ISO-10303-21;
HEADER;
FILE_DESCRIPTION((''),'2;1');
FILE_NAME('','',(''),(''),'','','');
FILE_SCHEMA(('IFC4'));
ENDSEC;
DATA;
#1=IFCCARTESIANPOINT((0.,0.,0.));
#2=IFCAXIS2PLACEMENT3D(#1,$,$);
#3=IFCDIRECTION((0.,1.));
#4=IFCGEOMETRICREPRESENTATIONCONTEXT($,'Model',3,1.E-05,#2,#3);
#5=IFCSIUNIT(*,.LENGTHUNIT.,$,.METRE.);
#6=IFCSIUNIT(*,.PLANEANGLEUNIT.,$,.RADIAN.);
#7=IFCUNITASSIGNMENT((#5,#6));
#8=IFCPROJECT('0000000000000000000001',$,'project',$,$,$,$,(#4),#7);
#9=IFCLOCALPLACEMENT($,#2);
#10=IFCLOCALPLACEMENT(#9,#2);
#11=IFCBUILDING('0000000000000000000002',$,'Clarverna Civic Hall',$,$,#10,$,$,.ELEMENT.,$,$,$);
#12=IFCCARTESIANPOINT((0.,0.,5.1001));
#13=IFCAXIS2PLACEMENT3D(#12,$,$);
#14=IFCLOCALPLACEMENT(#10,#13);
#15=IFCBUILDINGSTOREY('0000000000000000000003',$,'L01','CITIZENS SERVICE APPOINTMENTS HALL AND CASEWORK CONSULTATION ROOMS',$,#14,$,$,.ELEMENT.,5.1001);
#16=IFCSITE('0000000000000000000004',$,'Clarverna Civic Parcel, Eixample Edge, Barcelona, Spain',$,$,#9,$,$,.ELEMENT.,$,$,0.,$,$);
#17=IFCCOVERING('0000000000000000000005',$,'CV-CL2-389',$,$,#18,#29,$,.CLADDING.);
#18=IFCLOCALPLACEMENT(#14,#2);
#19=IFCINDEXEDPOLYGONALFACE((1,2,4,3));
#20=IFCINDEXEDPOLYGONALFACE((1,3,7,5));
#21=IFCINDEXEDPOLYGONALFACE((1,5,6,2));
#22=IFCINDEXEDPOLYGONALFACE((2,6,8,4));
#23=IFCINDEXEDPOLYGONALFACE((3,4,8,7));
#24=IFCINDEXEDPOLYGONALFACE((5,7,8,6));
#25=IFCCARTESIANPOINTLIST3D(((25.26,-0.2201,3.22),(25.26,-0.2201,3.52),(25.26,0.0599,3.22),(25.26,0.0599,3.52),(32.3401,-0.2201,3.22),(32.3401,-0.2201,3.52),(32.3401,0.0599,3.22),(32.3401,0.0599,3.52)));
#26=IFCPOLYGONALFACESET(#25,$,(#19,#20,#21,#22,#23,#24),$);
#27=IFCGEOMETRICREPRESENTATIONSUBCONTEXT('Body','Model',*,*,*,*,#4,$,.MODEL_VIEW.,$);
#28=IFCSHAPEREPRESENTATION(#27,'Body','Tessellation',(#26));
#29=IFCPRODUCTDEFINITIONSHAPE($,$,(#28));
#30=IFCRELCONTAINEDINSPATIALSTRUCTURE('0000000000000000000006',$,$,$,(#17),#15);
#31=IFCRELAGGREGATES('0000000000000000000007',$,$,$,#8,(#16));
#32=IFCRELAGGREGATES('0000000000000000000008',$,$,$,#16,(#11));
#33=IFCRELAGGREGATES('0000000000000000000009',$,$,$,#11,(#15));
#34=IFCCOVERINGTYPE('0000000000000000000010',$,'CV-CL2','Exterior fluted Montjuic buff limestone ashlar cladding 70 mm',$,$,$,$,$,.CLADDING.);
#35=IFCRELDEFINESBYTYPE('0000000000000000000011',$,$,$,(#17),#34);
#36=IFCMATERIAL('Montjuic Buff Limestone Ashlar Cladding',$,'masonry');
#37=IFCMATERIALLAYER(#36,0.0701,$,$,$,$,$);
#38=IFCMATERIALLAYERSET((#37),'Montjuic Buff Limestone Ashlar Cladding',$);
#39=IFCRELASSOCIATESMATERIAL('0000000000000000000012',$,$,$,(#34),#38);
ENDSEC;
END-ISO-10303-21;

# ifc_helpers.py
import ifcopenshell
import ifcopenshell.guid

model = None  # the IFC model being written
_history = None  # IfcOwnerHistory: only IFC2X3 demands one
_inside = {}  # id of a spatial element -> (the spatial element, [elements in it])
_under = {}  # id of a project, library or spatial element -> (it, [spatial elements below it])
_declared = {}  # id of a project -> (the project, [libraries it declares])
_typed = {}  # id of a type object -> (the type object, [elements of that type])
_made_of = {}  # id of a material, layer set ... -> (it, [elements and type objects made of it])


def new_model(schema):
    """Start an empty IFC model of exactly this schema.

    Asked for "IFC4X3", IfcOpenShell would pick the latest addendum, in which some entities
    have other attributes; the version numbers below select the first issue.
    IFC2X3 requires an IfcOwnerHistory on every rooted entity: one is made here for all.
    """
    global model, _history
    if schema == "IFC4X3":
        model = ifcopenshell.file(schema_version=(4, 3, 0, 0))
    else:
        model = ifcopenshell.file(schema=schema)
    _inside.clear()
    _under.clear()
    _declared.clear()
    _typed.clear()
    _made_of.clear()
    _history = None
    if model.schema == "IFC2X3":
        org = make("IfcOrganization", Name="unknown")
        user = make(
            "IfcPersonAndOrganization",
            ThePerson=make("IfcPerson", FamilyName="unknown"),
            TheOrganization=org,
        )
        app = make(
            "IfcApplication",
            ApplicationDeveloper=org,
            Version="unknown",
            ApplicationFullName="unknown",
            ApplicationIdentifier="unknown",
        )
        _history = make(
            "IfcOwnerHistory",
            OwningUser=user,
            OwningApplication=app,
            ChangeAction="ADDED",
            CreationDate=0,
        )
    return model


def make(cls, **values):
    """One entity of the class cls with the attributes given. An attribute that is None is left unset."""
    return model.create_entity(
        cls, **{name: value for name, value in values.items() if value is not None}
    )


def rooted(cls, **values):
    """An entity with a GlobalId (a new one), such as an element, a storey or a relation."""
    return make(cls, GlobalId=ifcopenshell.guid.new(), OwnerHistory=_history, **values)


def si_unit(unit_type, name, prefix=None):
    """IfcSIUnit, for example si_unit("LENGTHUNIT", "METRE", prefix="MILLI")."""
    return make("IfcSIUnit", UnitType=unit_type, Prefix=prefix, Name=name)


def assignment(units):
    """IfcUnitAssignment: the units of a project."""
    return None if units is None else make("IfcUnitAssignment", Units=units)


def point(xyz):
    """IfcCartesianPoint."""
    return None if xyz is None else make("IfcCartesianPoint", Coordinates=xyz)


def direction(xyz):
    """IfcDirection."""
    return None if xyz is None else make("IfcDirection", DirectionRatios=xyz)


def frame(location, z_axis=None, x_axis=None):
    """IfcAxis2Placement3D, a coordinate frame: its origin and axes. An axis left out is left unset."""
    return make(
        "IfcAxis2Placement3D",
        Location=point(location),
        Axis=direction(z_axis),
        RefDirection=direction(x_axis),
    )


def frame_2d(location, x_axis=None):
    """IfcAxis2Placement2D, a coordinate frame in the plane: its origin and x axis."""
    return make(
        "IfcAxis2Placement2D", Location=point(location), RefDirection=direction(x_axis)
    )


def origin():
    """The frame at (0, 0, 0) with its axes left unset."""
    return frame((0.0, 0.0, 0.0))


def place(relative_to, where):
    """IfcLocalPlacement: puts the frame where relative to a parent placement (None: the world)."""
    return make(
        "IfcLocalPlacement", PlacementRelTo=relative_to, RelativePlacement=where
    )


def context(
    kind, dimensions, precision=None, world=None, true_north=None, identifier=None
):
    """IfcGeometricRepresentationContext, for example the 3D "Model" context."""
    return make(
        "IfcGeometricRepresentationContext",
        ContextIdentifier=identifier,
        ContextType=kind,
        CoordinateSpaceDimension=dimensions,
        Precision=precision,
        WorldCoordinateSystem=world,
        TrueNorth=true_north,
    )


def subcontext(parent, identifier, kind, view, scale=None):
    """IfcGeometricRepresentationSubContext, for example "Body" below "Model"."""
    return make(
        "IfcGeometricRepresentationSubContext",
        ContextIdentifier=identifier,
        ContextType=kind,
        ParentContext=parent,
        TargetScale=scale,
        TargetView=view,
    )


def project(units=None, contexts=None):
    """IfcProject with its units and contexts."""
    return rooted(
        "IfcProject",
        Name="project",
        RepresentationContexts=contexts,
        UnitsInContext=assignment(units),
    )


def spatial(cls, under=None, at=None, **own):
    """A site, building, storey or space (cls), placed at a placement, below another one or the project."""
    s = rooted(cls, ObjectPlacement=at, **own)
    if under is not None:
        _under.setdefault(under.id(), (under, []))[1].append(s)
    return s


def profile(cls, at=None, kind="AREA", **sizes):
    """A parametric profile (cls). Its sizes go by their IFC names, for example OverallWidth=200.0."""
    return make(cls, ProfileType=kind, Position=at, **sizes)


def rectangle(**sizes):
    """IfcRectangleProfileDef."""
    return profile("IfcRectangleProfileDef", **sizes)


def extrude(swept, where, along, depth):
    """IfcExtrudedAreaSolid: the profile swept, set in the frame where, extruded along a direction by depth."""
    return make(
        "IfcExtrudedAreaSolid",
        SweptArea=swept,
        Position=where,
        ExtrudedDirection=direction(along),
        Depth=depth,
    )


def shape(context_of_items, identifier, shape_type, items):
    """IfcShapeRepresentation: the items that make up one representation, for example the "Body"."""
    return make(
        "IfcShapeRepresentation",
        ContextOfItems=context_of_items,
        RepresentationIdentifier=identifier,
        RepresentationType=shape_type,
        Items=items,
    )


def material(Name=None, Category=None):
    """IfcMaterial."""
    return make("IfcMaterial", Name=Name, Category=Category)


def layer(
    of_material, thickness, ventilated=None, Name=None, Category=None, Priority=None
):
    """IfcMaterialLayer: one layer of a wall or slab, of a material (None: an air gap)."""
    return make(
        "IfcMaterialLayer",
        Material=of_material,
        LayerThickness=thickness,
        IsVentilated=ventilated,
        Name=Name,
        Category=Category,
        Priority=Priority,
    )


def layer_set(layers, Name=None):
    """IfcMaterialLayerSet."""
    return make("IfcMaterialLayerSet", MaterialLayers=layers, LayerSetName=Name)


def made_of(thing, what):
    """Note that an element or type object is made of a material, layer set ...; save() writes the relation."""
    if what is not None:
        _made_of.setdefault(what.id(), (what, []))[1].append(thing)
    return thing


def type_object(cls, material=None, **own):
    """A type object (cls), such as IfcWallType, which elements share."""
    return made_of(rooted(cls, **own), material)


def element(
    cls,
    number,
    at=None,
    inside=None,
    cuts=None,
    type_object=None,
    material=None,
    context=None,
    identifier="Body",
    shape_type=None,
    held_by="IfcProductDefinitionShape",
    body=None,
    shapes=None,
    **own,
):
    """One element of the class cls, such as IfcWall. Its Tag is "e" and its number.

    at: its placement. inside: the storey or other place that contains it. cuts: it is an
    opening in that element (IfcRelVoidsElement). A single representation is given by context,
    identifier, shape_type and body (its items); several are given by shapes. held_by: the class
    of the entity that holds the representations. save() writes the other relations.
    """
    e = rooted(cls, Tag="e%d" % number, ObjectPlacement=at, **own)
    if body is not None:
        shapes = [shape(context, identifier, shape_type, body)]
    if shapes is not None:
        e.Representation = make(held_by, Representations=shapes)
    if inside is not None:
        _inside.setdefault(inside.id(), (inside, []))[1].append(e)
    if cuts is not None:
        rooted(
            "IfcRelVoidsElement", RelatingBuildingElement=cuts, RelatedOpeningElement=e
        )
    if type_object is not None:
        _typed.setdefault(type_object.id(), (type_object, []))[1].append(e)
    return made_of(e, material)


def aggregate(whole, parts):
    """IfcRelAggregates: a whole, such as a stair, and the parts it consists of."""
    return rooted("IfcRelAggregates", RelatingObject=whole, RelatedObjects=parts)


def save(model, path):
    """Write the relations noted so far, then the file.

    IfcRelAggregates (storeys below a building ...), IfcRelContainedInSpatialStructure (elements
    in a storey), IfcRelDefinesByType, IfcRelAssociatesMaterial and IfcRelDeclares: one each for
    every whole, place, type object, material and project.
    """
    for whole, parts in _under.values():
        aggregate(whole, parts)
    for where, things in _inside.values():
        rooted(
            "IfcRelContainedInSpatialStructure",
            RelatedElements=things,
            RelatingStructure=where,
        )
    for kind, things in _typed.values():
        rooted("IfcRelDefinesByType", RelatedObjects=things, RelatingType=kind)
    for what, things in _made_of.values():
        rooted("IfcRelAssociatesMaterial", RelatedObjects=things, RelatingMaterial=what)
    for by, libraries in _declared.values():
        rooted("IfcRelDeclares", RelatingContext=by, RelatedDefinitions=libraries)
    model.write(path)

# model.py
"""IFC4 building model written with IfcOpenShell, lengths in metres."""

from ifc_helpers import new_model, si_unit, direction, frame, frame_2d, origin, place, context, subcontext, project, spatial, rectangle, extrude, material, layer, layer_set, type_object, element, save


model = new_model("IFC4")

# Units and contexts
model_context = context("Model", 3, precision=1e-05, world=origin(), true_north=direction((0.0, 1.0)))
body_context = subcontext(model_context, "Body", "Model", "MODEL_VIEW")
ifc_project = project(units=[si_unit("LENGTHUNIT", "METRE"), si_unit("PLANEANGLEUNIT", "RADIAN")], contexts=[model_context])

# Site, building, storey
site_placement = place(None, origin())
site = spatial("IfcSite", under=ifc_project, at=site_placement, Name="Clarverna Civic Parcel, Eixample Edge, Barcelona, Spain", CompositionType="ELEMENT", RefElevation=0.0)
building_placement = place(site_placement, origin())
building = spatial("IfcBuilding", under=site, at=building_placement, Name="Clarverna Civic Hall", CompositionType="ELEMENT")
storey_placement = place(building_placement, frame((0.0, 0.0, 5.1001)))
storey = spatial("IfcBuildingStorey", under=building, at=storey_placement, Name="L01", Description="CITIZENS SERVICE APPOINTMENTS HALL AND CASEWORK CONSULTATION ROOMS", CompositionType="ELEMENT", Elevation=5.1001)

# Covering
ifc_material_1 = material(Name="Montjuic Buff Limestone Ashlar Cladding", Category="masonry")
ifc_layer_1 = layer(ifc_material_1, 0.0701)
ifc_layer_set_1 = layer_set([ifc_layer_1], Name="Montjuic Buff Limestone Ashlar Cladding")
covering_type = type_object("IfcCoveringType", Name="CV-CL2", Description="Exterior fluted Montjuic buff limestone ashlar cladding 70 mm", PredefinedType="CLADDING", material=ifc_layer_set_1)
covering_1_placement = place(storey_placement, frame((32.3401, -0.0801, 3.22), z_axis=(0.0, 0.0, 1.0), x_axis=(-1.0, 0.0, 0.0)))
element("IfcCovering", 1, at=covering_1_placement, inside=storey, type_object=covering_type, Name="CV-CL2-389", PredefinedType="CLADDING", context=body_context, shape_type="SweptSolid", body=[
    extrude(rectangle(XDim=7.0801, YDim=0.28, at=frame_2d((3.54, 0.0))), origin(), (0.0, 0.0, 1.0), 0.3),
])

save(model, "model.ifc")
